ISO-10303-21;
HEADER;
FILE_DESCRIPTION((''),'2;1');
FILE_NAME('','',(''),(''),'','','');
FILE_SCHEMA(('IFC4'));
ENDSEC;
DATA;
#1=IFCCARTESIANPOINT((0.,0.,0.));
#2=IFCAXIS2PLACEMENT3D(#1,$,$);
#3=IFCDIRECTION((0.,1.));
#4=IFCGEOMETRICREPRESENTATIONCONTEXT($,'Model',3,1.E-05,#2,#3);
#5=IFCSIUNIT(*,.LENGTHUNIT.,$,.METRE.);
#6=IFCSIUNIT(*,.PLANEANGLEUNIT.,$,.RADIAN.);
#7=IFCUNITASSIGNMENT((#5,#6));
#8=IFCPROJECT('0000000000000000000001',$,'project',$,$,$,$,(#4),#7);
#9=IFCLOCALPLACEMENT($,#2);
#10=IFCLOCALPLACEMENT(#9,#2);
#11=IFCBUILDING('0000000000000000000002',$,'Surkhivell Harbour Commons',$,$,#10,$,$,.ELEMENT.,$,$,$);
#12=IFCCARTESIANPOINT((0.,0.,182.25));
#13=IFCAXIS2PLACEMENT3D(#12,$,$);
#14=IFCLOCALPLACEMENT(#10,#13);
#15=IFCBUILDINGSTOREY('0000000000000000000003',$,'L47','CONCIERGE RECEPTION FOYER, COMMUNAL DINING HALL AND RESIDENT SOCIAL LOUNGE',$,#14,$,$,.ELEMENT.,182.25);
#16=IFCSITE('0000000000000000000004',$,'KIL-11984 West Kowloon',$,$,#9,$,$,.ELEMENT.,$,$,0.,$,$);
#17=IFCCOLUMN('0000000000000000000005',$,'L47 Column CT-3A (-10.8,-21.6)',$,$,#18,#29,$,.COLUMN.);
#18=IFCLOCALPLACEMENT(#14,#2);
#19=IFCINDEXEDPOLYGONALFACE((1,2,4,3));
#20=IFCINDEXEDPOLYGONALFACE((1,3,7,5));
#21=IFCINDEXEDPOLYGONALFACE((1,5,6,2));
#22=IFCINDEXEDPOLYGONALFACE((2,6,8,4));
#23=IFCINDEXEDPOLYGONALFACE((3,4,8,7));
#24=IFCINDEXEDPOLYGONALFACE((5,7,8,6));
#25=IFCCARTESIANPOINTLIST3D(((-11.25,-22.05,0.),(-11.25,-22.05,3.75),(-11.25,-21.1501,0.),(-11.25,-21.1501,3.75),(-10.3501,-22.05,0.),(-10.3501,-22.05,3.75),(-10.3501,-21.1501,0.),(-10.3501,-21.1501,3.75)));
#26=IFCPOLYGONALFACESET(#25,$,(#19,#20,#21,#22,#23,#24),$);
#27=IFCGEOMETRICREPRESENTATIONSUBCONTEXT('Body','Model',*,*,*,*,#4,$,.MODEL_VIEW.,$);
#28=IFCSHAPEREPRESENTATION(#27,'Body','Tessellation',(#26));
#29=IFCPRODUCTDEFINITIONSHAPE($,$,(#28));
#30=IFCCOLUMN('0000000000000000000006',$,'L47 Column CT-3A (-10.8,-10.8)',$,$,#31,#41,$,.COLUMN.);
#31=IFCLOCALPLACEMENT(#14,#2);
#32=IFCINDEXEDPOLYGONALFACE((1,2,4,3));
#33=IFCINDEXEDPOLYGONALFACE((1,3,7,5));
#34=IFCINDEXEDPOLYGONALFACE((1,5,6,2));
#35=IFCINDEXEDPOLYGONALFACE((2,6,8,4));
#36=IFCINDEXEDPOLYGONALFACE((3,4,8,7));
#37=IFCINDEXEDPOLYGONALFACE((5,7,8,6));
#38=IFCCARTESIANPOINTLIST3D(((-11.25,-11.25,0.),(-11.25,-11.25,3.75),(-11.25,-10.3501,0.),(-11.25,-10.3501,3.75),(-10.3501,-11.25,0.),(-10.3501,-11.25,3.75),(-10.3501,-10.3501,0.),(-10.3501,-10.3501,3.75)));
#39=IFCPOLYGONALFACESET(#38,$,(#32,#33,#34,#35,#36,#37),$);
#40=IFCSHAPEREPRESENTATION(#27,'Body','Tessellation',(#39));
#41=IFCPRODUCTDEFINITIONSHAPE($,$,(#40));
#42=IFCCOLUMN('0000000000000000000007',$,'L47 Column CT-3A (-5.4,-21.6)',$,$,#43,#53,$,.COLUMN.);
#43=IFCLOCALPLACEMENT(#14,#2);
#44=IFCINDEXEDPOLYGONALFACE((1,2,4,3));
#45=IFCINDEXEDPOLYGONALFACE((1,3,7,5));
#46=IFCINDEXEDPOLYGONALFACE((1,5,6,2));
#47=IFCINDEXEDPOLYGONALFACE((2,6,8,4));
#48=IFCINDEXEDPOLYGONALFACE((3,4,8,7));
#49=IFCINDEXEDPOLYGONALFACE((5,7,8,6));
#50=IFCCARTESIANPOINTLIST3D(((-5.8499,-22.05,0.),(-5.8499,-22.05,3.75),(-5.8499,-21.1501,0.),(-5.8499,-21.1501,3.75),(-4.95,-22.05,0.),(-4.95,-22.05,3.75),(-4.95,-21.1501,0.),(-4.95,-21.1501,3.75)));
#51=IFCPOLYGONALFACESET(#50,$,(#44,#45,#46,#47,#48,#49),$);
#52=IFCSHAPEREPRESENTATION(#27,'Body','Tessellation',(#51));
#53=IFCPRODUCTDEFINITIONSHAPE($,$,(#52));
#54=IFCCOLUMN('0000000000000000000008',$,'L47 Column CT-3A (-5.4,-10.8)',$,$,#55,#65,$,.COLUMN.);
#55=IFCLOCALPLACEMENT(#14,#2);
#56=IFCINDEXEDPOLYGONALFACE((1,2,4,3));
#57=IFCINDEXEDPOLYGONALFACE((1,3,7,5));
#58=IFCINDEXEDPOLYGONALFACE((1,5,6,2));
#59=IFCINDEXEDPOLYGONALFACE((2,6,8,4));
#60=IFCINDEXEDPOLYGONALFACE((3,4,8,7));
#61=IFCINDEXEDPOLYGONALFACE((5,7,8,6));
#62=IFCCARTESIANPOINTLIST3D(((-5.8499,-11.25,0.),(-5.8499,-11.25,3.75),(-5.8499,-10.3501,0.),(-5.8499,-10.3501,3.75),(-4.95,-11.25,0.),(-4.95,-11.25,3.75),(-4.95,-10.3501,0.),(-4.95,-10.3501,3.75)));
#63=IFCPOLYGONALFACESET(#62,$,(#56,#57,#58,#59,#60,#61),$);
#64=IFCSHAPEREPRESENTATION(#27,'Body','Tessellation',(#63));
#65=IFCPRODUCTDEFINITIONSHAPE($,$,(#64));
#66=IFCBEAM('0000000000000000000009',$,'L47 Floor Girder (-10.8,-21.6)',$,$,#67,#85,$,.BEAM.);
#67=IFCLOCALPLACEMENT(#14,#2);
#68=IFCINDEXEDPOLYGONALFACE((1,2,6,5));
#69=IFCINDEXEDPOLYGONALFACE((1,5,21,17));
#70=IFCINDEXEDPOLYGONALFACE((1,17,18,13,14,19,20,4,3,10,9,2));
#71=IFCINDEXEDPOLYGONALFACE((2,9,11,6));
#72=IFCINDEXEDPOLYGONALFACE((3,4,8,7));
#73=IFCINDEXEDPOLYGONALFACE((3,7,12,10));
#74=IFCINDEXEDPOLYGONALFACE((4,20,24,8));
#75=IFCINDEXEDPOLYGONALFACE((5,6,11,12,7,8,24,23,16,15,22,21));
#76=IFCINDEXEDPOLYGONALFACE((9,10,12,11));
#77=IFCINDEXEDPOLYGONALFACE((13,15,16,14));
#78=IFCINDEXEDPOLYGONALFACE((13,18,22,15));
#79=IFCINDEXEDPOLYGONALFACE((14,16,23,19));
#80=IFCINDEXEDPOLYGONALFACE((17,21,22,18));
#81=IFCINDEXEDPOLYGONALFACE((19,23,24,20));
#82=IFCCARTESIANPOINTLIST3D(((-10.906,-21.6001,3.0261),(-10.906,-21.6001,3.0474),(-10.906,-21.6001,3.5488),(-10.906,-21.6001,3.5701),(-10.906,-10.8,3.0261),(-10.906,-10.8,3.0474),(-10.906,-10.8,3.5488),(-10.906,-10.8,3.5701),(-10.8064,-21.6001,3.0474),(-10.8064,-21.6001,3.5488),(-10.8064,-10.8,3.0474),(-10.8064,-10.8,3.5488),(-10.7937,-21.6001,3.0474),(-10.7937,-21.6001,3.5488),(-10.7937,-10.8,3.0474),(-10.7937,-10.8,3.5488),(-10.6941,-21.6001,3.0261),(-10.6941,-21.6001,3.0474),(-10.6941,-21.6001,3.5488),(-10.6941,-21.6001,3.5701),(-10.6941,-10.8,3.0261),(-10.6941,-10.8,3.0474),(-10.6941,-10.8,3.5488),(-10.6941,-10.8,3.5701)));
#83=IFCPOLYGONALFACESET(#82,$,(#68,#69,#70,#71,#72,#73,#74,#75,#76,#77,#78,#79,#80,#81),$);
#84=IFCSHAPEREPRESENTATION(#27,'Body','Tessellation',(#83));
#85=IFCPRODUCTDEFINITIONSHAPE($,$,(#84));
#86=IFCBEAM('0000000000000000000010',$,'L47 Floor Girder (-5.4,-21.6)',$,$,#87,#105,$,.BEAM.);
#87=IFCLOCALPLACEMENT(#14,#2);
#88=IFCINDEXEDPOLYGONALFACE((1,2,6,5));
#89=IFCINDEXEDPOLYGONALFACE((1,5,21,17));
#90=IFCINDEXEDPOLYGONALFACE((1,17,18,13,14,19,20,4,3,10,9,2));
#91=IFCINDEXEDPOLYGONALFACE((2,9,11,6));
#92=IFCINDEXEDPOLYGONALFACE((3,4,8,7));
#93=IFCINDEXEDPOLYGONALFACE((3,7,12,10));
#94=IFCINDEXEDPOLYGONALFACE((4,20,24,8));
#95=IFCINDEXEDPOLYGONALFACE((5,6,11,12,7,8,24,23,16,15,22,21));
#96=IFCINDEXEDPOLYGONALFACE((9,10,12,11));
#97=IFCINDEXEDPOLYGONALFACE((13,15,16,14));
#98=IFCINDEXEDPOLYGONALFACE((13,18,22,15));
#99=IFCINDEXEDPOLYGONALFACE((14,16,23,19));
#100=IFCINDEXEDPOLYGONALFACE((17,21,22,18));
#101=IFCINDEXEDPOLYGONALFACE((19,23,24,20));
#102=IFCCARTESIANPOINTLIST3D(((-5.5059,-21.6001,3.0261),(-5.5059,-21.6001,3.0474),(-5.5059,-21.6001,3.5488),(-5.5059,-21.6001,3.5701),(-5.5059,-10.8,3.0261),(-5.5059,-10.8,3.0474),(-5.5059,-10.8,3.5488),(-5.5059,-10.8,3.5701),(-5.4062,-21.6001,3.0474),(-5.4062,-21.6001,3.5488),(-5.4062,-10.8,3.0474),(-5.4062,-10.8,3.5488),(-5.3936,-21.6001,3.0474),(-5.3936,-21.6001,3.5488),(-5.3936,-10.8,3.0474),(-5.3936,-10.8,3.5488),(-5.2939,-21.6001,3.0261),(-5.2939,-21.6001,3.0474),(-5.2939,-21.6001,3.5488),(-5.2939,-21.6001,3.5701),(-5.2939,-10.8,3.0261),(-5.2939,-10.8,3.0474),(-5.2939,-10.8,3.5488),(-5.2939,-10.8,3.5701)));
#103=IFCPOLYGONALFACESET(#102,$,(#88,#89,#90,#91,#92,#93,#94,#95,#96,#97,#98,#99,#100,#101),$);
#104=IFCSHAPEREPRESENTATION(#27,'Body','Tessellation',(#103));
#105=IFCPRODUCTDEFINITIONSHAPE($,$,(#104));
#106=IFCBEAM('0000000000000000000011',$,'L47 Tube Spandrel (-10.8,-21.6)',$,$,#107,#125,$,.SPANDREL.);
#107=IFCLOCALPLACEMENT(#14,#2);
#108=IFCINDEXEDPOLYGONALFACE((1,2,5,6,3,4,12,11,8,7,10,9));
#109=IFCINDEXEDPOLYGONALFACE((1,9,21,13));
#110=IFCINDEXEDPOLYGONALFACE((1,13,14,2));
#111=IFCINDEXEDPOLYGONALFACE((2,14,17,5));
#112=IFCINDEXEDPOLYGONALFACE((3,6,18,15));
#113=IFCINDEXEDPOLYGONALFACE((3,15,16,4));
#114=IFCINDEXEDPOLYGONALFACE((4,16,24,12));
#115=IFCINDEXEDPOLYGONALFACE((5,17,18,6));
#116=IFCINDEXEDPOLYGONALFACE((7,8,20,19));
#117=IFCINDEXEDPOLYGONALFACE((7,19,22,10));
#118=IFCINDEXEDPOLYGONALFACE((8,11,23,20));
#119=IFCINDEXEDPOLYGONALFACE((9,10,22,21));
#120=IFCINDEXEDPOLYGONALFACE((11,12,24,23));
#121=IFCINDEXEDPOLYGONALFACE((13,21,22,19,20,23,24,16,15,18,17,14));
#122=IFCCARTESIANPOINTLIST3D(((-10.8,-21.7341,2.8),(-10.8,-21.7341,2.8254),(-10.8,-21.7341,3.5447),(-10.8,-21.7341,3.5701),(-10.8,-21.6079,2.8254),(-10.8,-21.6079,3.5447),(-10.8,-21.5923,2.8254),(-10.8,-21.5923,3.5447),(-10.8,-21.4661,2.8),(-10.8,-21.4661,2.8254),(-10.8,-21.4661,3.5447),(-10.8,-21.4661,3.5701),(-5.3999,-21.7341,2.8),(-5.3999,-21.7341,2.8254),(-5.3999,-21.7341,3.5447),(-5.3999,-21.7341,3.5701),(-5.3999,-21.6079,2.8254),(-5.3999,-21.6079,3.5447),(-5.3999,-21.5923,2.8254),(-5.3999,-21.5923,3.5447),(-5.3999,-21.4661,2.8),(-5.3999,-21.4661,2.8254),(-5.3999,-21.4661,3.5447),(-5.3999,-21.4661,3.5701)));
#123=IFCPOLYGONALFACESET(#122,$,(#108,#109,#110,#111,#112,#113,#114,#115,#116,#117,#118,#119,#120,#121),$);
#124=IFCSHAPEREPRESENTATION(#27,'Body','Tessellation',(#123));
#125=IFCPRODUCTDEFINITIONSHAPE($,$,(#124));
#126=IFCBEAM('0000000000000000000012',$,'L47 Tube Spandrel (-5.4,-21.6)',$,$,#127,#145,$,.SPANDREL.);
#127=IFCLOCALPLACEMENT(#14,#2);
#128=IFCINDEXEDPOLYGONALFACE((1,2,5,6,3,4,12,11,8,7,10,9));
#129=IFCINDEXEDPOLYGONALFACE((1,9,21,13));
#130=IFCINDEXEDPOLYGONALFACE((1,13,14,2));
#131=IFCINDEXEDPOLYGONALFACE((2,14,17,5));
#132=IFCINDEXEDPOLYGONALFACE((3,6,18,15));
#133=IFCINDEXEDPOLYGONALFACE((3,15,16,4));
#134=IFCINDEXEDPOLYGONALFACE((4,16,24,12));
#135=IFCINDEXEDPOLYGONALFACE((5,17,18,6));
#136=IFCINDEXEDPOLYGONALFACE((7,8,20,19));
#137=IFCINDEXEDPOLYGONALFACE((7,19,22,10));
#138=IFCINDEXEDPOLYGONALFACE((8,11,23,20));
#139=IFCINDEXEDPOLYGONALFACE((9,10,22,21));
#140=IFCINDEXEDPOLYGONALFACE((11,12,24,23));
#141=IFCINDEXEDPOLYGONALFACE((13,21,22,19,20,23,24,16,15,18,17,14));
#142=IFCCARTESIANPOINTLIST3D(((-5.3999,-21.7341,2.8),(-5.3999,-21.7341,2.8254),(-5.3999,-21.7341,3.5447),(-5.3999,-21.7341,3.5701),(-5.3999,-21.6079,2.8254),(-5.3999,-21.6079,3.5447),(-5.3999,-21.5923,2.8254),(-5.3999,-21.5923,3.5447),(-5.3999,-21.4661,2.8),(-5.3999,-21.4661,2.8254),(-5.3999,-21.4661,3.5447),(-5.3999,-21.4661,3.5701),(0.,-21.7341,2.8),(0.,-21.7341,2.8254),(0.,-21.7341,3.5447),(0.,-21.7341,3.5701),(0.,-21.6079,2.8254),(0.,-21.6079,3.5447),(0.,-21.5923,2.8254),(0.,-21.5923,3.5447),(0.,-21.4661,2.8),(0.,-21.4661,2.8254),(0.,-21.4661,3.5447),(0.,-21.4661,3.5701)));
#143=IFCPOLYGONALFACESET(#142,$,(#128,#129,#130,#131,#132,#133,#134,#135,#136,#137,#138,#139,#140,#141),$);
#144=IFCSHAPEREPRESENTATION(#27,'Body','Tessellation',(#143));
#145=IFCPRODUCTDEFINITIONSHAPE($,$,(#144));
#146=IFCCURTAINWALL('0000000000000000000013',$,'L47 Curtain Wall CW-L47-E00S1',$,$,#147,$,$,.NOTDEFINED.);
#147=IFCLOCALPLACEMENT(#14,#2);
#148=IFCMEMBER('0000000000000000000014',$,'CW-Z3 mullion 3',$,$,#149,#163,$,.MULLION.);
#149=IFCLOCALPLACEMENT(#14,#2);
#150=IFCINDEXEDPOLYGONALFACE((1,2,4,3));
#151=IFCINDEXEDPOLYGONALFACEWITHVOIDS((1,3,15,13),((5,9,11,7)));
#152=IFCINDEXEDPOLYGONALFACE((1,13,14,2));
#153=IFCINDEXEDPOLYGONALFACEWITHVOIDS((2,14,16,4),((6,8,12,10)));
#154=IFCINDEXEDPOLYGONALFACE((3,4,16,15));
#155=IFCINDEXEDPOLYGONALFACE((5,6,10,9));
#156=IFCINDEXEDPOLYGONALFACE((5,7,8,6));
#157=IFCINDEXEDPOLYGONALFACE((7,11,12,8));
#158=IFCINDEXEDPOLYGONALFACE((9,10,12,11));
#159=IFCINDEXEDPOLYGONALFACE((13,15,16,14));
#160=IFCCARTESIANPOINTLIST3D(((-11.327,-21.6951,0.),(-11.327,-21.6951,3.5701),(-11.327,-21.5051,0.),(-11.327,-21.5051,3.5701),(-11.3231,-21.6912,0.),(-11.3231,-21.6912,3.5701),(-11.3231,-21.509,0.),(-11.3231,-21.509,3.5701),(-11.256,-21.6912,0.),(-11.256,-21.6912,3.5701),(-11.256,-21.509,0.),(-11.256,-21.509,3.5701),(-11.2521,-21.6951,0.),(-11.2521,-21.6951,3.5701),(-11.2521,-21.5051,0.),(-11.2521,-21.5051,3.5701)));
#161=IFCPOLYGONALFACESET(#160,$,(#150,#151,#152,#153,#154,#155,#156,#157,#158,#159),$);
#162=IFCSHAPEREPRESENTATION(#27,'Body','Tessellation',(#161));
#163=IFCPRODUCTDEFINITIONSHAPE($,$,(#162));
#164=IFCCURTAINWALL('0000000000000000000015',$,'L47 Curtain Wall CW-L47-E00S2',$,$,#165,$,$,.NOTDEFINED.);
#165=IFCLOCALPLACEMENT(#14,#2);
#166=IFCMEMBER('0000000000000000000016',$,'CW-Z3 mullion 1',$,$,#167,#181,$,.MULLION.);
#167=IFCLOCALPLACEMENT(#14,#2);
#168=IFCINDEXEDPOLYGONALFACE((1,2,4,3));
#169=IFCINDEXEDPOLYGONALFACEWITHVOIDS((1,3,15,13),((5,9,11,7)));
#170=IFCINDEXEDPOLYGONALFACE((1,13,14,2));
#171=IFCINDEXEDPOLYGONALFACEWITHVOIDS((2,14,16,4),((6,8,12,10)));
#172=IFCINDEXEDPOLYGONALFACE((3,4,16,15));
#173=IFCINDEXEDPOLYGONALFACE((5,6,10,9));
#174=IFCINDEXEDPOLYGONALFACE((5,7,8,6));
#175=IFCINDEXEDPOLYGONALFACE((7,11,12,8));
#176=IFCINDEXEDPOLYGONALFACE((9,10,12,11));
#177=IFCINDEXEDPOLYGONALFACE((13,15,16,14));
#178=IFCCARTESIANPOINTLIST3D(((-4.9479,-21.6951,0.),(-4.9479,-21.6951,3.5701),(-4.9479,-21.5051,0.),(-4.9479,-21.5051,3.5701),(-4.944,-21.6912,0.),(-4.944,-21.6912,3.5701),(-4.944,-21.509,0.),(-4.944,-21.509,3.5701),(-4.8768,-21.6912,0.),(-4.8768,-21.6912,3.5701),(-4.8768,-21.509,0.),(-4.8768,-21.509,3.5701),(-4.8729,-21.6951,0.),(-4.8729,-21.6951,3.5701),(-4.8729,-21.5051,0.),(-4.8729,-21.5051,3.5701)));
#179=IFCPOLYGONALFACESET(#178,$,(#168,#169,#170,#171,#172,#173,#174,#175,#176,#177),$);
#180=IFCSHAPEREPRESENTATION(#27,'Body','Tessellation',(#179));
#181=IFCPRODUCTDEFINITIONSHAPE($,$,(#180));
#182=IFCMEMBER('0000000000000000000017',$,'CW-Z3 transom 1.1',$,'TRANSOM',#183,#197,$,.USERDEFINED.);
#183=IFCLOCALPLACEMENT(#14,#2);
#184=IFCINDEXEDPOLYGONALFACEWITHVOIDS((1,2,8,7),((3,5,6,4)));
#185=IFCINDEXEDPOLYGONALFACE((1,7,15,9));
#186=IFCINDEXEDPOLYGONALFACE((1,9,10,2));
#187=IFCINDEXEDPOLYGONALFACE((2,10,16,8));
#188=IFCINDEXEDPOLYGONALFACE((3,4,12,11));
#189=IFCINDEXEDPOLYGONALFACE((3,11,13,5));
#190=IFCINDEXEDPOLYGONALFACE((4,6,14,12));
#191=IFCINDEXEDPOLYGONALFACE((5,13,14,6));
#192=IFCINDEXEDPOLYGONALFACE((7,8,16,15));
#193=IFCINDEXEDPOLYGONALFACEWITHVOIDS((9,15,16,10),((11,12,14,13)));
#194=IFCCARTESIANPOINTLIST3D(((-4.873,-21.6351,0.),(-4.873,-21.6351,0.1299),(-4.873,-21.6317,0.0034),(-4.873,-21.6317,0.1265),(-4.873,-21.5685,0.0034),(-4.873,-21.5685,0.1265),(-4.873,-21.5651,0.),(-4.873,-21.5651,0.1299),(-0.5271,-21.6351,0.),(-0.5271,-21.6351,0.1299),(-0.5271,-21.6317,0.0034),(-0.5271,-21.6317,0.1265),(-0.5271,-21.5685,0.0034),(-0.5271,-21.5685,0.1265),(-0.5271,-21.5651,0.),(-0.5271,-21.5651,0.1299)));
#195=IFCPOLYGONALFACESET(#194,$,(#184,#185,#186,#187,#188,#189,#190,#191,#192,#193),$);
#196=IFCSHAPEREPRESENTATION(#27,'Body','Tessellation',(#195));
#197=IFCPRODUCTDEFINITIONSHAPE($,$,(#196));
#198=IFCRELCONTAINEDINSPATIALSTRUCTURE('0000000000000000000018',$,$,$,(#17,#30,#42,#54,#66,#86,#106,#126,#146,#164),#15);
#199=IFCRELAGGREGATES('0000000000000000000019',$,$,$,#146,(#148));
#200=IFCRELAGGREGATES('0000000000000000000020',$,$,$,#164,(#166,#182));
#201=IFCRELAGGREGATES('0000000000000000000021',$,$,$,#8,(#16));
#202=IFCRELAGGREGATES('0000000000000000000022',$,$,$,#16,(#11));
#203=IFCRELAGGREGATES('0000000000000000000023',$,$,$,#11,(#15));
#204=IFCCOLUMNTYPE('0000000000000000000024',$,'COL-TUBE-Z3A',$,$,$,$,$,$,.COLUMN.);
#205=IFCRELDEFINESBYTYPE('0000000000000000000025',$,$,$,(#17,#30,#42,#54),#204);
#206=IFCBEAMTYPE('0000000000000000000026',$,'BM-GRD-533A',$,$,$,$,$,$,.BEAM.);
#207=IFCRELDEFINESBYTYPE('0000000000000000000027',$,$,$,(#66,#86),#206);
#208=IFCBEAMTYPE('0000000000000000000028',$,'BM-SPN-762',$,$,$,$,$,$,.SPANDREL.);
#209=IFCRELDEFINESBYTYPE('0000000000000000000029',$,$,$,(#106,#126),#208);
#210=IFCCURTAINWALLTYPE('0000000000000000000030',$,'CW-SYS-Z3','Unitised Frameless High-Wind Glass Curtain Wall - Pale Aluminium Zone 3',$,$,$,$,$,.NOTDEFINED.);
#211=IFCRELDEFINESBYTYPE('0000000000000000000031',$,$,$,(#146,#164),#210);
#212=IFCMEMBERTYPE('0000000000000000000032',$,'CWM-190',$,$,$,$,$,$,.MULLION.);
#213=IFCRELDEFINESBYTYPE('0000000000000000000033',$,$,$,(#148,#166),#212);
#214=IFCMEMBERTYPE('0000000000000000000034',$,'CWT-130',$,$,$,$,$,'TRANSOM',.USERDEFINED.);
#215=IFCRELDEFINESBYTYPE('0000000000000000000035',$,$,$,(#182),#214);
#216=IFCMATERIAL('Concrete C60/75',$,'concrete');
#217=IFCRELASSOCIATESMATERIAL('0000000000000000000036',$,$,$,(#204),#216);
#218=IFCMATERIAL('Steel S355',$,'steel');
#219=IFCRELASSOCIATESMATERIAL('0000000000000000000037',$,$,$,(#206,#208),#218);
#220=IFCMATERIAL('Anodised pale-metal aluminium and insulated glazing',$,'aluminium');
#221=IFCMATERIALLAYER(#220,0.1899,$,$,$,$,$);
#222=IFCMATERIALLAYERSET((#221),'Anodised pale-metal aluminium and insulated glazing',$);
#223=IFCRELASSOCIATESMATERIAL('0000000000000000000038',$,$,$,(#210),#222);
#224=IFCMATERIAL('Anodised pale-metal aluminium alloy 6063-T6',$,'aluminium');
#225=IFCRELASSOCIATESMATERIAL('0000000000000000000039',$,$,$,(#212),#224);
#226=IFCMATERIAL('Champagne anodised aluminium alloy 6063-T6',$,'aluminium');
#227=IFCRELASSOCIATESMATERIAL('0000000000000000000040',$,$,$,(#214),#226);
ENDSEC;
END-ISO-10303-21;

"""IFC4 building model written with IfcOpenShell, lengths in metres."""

from ifc_helpers import new_model, si_unit, direction, frame, origin, origin_2d, place, context, subcontext, project, spatial, rectangle, hollow_rectangle, i_section, extrude, material, layer, layer_set, material_profile, profile_set, type_object, element, aggregate, save


model = new_model("IFC4")

# Units and contexts
model_context = context("Model", 3, precision=1e-05, world=origin(), true_north=direction((0.0, 1.0)))
body_context = subcontext(model_context, "Body", "Model", "MODEL_VIEW")
ifc_project = project(units=[si_unit("LENGTHUNIT", "METRE"), si_unit("PLANEANGLEUNIT", "RADIAN")], contexts=[model_context])

# Site, building, storey
site_placement = place(None, origin())
site = spatial("IfcSite", under=ifc_project, at=site_placement, Name="KIL-11984 West Kowloon", CompositionType="ELEMENT", RefElevation=0.0)
building_placement = place(site_placement, origin())
building = spatial("IfcBuilding", under=site, at=building_placement, Name="Surkhivell Harbour Commons", CompositionType="ELEMENT")
storey_placement = place(building_placement, frame((0.0, 0.0, 182.25)))
storey = spatial("IfcBuildingStorey", under=building, at=storey_placement, Name="L47", Description="CONCIERGE RECEPTION FOYER, COMMUNAL DINING HALL AND RESIDENT SOCIAL LOUNGE", CompositionType="ELEMENT", Elevation=182.25)

# Columns
ifc_material_1 = material(Name="Concrete C60/75", Category="concrete")
ifc_material_profile_1 = material_profile(ifc_material_1, rectangle(XDim=0.8999, YDim=0.8999, at=origin_2d()), Name="RC-COL-900x900")
ifc_profile_set_1 = profile_set([ifc_material_profile_1], Name="Concrete C60/75")
column_type = type_object("IfcColumnType", Name="COL-TUBE-Z3A", PredefinedType="COLUMN", material=ifc_profile_set_1)
for number, where, z_axis, x_axis, name in (
    (1, (-10.8, -21.6001, 0.0), (0.0, 0.0, 1.0), (1.0, 0.0, 0.0), "L47 Column CT-3A (-10.8,-21.6)"),
    (2, (-10.8, -10.8, 0.0), (0.0, 0.0, 1.0), (1.0, 0.0, 0.0), "L47 Column CT-3A (-10.8,-10.8)"),
    (3, (-5.3999, -21.6001, 0.0), (0.0, 0.0, 1.0), (1.0, 0.0, 0.0), "L47 Column CT-3A (-5.4,-21.6)"),
    (4, (-5.3999, -10.8, 0.0), (0.0, 0.0, 1.0), (1.0, 0.0, 0.0), "L47 Column CT-3A (-5.4,-10.8)"),
):
    element("IfcColumn", number, at=place(storey_placement, frame(where, z_axis=z_axis, x_axis=x_axis)), inside=storey, type_object=column_type, Name=name, PredefinedType="COLUMN", context=body_context, shape_type="SweptSolid", body=[
        extrude(rectangle(XDim=0.8999, YDim=0.8999, at=origin_2d()), origin(), (0.0, 0.0, 1.0), 3.75),
    ])

# Beams
ifc_material_2 = material(Name="Steel S355", Category="steel")
ifc_material_profile_2 = material_profile(ifc_material_2, i_section(OverallWidth=0.2119, OverallDepth=0.5439, WebThickness=0.0127, FlangeThickness=0.0212, at=origin_2d()), Name="UB533x210x122")
ifc_profile_set_2 = profile_set([ifc_material_profile_2], Name="Steel S355")
beam_type_1 = type_object("IfcBeamType", Name="BM-GRD-533A", PredefinedType="BEAM", material=ifc_profile_set_2)
for number, where, z_axis, x_axis, name in (
    (5, (-10.8, -21.6001, 3.2981), (0.0, 1.0, 0.0), (-1.0, 0.0, 0.0), "L47 Floor Girder (-10.8,-21.6)"),
    (6, (-5.3999, -21.6001, 3.2981), (0.0, 1.0, 0.0), (-1.0, 0.0, 0.0), "L47 Floor Girder (-5.4,-21.6)"),
):
    element("IfcBeam", number, at=place(storey_placement, frame(where, z_axis=z_axis, x_axis=x_axis)), inside=storey, type_object=beam_type_1, Name=name, PredefinedType="BEAM", context=body_context, shape_type="SweptSolid", body=[
        extrude(i_section(OverallWidth=0.2119, OverallDepth=0.5439, WebThickness=0.0127, FlangeThickness=0.0212, at=origin_2d()), origin(), (0.0, 0.0, 1.0), 10.8),
    ])
ifc_material_profile_3 = material_profile(ifc_material_2, i_section(OverallWidth=0.2681, OverallDepth=0.77, WebThickness=0.0156, FlangeThickness=0.0254, at=origin_2d()), Name="UB762x267x197")
ifc_profile_set_3 = profile_set([ifc_material_profile_3], Name="Steel S355")
beam_type_2 = type_object("IfcBeamType", Name="BM-SPN-762", PredefinedType="SPANDREL", material=ifc_profile_set_3)
beam_1_placement = place(storey_placement, frame((-10.8, -21.6001, 3.1851), z_axis=(1.0, 0.0, 0.0), x_axis=(0.0, 1.0, 0.0)))
element("IfcBeam", 7, at=beam_1_placement, inside=storey, type_object=beam_type_2, Name="L47 Tube Spandrel (-10.8,-21.6)", PredefinedType="SPANDREL", context=body_context, shape_type="SweptSolid", body=[
    extrude(i_section(OverallWidth=0.2681, OverallDepth=0.77, WebThickness=0.0156, FlangeThickness=0.0254, at=origin_2d()), origin(), (0.0, 0.0, 1.0), 5.4001),
])
beam_2_placement = place(storey_placement, frame((-5.3999, -21.6001, 3.1851), z_axis=(1.0, 0.0, 0.0), x_axis=(0.0, 1.0, 0.0)))
element("IfcBeam", 8, at=beam_2_placement, inside=storey, type_object=beam_type_2, Name="L47 Tube Spandrel (-5.4,-21.6)", PredefinedType="SPANDREL", context=body_context, shape_type="SweptSolid", body=[
    extrude(i_section(OverallWidth=0.2681, OverallDepth=0.77, WebThickness=0.0156, FlangeThickness=0.0254, at=origin_2d()), origin(), (0.0, 0.0, 1.0), 5.3999),
])

# Curtain wall, member
ifc_material_3 = material(Name="Anodised pale-metal aluminium and insulated glazing", Category="aluminium")
ifc_layer_1 = layer(ifc_material_3, 0.1899)
ifc_layer_set_1 = layer_set([ifc_layer_1], Name="Anodised pale-metal aluminium and insulated glazing")
curtain_wall_type = type_object("IfcCurtainWallType", Name="CW-SYS-Z3", Description="Unitised Frameless High-Wind Glass Curtain Wall - Pale Aluminium Zone 3", PredefinedType="NOTDEFINED", material=ifc_layer_set_1)
curtain_wall_1_placement = place(storey_placement, origin())
curtain_wall_1 = element("IfcCurtainWall", 9, at=curtain_wall_1_placement, inside=storey, type_object=curtain_wall_type, Name="L47 Curtain Wall CW-L47-E00S1", PredefinedType="NOTDEFINED")
ifc_material_4 = material(Name="Anodised pale-metal aluminium alloy 6063-T6", Category="aluminium")
ifc_material_profile_4 = material_profile(ifc_material_4, hollow_rectangle(XDim=0.075, YDim=0.1899, WallThickness=0.0039, at=origin_2d()), Name="ALU-MULL-75x190")
ifc_profile_set_4 = profile_set([ifc_material_profile_4], Name="Anodised pale-metal aluminium alloy 6063-T6")
member_type_1 = type_object("IfcMemberType", Name="CWM-190", PredefinedType="MULLION", material=ifc_profile_set_4)
member_1_placement = place(storey_placement, frame((-11.2896, -21.6001, 0.0), z_axis=(0.0, 0.0, 1.0), x_axis=(1.0, 0.0, 0.0)))
member_1 = element("IfcMember", 10, at=member_1_placement, type_object=member_type_1, Name="CW-Z3 mullion 3", PredefinedType="MULLION", context=body_context, shape_type="SweptSolid", body=[
    extrude(hollow_rectangle(XDim=0.075, YDim=0.1899, WallThickness=0.0039, at=origin_2d()), origin(), (0.0, 0.0, 1.0), 3.5701),
])
aggregate(curtain_wall_1, [member_1])

# Curtain wall, members
curtain_wall_2_placement = place(storey_placement, origin())
curtain_wall_2 = element("IfcCurtainWall", 11, at=curtain_wall_2_placement, inside=storey, type_object=curtain_wall_type, Name="L47 Curtain Wall CW-L47-E00S2", PredefinedType="NOTDEFINED")
member_2_placement = place(storey_placement, frame((-4.9104, -21.6001, 0.0), z_axis=(0.0, 0.0, 1.0), x_axis=(1.0, 0.0, 0.0)))
member_2 = element("IfcMember", 12, at=member_2_placement, type_object=member_type_1, Name="CW-Z3 mullion 1", PredefinedType="MULLION", context=body_context, shape_type="SweptSolid", body=[
    extrude(hollow_rectangle(XDim=0.075, YDim=0.1899, WallThickness=0.0039, at=origin_2d()), origin(), (0.0, 0.0, 1.0), 3.5701),
])
ifc_material_5 = material(Name="Champagne anodised aluminium alloy 6063-T6", Category="aluminium")
ifc_material_profile_5 = material_profile(ifc_material_5, hollow_rectangle(XDim=0.0701, YDim=0.1299, WallThickness=0.0034, at=origin_2d()), Name="ALU-TRAN-70x130")
ifc_profile_set_5 = profile_set([ifc_material_profile_5], Name="Champagne anodised aluminium alloy 6063-T6")
member_type_2 = type_object("IfcMemberType", Name="CWT-130", ElementType="TRANSOM", PredefinedType="USERDEFINED", material=ifc_profile_set_5)
member_3_placement = place(storey_placement, frame((-4.873, -21.6001, 0.0649), z_axis=(1.0, 0.0, 0.0), x_axis=(0.0, 1.0, 0.0)))
member_3 = element("IfcMember", 13, at=member_3_placement, type_object=member_type_2, Name="CW-Z3 transom 1.1", ObjectType="TRANSOM", PredefinedType="USERDEFINED", context=body_context, shape_type="SweptSolid", body=[
    extrude(hollow_rectangle(XDim=0.0701, YDim=0.1299, WallThickness=0.0034, at=origin_2d()), origin(), (0.0, 0.0, 1.0), 4.3459),
])

aggregate(curtain_wall_2, [member_2, member_3])

save(model, "model.ifc")
